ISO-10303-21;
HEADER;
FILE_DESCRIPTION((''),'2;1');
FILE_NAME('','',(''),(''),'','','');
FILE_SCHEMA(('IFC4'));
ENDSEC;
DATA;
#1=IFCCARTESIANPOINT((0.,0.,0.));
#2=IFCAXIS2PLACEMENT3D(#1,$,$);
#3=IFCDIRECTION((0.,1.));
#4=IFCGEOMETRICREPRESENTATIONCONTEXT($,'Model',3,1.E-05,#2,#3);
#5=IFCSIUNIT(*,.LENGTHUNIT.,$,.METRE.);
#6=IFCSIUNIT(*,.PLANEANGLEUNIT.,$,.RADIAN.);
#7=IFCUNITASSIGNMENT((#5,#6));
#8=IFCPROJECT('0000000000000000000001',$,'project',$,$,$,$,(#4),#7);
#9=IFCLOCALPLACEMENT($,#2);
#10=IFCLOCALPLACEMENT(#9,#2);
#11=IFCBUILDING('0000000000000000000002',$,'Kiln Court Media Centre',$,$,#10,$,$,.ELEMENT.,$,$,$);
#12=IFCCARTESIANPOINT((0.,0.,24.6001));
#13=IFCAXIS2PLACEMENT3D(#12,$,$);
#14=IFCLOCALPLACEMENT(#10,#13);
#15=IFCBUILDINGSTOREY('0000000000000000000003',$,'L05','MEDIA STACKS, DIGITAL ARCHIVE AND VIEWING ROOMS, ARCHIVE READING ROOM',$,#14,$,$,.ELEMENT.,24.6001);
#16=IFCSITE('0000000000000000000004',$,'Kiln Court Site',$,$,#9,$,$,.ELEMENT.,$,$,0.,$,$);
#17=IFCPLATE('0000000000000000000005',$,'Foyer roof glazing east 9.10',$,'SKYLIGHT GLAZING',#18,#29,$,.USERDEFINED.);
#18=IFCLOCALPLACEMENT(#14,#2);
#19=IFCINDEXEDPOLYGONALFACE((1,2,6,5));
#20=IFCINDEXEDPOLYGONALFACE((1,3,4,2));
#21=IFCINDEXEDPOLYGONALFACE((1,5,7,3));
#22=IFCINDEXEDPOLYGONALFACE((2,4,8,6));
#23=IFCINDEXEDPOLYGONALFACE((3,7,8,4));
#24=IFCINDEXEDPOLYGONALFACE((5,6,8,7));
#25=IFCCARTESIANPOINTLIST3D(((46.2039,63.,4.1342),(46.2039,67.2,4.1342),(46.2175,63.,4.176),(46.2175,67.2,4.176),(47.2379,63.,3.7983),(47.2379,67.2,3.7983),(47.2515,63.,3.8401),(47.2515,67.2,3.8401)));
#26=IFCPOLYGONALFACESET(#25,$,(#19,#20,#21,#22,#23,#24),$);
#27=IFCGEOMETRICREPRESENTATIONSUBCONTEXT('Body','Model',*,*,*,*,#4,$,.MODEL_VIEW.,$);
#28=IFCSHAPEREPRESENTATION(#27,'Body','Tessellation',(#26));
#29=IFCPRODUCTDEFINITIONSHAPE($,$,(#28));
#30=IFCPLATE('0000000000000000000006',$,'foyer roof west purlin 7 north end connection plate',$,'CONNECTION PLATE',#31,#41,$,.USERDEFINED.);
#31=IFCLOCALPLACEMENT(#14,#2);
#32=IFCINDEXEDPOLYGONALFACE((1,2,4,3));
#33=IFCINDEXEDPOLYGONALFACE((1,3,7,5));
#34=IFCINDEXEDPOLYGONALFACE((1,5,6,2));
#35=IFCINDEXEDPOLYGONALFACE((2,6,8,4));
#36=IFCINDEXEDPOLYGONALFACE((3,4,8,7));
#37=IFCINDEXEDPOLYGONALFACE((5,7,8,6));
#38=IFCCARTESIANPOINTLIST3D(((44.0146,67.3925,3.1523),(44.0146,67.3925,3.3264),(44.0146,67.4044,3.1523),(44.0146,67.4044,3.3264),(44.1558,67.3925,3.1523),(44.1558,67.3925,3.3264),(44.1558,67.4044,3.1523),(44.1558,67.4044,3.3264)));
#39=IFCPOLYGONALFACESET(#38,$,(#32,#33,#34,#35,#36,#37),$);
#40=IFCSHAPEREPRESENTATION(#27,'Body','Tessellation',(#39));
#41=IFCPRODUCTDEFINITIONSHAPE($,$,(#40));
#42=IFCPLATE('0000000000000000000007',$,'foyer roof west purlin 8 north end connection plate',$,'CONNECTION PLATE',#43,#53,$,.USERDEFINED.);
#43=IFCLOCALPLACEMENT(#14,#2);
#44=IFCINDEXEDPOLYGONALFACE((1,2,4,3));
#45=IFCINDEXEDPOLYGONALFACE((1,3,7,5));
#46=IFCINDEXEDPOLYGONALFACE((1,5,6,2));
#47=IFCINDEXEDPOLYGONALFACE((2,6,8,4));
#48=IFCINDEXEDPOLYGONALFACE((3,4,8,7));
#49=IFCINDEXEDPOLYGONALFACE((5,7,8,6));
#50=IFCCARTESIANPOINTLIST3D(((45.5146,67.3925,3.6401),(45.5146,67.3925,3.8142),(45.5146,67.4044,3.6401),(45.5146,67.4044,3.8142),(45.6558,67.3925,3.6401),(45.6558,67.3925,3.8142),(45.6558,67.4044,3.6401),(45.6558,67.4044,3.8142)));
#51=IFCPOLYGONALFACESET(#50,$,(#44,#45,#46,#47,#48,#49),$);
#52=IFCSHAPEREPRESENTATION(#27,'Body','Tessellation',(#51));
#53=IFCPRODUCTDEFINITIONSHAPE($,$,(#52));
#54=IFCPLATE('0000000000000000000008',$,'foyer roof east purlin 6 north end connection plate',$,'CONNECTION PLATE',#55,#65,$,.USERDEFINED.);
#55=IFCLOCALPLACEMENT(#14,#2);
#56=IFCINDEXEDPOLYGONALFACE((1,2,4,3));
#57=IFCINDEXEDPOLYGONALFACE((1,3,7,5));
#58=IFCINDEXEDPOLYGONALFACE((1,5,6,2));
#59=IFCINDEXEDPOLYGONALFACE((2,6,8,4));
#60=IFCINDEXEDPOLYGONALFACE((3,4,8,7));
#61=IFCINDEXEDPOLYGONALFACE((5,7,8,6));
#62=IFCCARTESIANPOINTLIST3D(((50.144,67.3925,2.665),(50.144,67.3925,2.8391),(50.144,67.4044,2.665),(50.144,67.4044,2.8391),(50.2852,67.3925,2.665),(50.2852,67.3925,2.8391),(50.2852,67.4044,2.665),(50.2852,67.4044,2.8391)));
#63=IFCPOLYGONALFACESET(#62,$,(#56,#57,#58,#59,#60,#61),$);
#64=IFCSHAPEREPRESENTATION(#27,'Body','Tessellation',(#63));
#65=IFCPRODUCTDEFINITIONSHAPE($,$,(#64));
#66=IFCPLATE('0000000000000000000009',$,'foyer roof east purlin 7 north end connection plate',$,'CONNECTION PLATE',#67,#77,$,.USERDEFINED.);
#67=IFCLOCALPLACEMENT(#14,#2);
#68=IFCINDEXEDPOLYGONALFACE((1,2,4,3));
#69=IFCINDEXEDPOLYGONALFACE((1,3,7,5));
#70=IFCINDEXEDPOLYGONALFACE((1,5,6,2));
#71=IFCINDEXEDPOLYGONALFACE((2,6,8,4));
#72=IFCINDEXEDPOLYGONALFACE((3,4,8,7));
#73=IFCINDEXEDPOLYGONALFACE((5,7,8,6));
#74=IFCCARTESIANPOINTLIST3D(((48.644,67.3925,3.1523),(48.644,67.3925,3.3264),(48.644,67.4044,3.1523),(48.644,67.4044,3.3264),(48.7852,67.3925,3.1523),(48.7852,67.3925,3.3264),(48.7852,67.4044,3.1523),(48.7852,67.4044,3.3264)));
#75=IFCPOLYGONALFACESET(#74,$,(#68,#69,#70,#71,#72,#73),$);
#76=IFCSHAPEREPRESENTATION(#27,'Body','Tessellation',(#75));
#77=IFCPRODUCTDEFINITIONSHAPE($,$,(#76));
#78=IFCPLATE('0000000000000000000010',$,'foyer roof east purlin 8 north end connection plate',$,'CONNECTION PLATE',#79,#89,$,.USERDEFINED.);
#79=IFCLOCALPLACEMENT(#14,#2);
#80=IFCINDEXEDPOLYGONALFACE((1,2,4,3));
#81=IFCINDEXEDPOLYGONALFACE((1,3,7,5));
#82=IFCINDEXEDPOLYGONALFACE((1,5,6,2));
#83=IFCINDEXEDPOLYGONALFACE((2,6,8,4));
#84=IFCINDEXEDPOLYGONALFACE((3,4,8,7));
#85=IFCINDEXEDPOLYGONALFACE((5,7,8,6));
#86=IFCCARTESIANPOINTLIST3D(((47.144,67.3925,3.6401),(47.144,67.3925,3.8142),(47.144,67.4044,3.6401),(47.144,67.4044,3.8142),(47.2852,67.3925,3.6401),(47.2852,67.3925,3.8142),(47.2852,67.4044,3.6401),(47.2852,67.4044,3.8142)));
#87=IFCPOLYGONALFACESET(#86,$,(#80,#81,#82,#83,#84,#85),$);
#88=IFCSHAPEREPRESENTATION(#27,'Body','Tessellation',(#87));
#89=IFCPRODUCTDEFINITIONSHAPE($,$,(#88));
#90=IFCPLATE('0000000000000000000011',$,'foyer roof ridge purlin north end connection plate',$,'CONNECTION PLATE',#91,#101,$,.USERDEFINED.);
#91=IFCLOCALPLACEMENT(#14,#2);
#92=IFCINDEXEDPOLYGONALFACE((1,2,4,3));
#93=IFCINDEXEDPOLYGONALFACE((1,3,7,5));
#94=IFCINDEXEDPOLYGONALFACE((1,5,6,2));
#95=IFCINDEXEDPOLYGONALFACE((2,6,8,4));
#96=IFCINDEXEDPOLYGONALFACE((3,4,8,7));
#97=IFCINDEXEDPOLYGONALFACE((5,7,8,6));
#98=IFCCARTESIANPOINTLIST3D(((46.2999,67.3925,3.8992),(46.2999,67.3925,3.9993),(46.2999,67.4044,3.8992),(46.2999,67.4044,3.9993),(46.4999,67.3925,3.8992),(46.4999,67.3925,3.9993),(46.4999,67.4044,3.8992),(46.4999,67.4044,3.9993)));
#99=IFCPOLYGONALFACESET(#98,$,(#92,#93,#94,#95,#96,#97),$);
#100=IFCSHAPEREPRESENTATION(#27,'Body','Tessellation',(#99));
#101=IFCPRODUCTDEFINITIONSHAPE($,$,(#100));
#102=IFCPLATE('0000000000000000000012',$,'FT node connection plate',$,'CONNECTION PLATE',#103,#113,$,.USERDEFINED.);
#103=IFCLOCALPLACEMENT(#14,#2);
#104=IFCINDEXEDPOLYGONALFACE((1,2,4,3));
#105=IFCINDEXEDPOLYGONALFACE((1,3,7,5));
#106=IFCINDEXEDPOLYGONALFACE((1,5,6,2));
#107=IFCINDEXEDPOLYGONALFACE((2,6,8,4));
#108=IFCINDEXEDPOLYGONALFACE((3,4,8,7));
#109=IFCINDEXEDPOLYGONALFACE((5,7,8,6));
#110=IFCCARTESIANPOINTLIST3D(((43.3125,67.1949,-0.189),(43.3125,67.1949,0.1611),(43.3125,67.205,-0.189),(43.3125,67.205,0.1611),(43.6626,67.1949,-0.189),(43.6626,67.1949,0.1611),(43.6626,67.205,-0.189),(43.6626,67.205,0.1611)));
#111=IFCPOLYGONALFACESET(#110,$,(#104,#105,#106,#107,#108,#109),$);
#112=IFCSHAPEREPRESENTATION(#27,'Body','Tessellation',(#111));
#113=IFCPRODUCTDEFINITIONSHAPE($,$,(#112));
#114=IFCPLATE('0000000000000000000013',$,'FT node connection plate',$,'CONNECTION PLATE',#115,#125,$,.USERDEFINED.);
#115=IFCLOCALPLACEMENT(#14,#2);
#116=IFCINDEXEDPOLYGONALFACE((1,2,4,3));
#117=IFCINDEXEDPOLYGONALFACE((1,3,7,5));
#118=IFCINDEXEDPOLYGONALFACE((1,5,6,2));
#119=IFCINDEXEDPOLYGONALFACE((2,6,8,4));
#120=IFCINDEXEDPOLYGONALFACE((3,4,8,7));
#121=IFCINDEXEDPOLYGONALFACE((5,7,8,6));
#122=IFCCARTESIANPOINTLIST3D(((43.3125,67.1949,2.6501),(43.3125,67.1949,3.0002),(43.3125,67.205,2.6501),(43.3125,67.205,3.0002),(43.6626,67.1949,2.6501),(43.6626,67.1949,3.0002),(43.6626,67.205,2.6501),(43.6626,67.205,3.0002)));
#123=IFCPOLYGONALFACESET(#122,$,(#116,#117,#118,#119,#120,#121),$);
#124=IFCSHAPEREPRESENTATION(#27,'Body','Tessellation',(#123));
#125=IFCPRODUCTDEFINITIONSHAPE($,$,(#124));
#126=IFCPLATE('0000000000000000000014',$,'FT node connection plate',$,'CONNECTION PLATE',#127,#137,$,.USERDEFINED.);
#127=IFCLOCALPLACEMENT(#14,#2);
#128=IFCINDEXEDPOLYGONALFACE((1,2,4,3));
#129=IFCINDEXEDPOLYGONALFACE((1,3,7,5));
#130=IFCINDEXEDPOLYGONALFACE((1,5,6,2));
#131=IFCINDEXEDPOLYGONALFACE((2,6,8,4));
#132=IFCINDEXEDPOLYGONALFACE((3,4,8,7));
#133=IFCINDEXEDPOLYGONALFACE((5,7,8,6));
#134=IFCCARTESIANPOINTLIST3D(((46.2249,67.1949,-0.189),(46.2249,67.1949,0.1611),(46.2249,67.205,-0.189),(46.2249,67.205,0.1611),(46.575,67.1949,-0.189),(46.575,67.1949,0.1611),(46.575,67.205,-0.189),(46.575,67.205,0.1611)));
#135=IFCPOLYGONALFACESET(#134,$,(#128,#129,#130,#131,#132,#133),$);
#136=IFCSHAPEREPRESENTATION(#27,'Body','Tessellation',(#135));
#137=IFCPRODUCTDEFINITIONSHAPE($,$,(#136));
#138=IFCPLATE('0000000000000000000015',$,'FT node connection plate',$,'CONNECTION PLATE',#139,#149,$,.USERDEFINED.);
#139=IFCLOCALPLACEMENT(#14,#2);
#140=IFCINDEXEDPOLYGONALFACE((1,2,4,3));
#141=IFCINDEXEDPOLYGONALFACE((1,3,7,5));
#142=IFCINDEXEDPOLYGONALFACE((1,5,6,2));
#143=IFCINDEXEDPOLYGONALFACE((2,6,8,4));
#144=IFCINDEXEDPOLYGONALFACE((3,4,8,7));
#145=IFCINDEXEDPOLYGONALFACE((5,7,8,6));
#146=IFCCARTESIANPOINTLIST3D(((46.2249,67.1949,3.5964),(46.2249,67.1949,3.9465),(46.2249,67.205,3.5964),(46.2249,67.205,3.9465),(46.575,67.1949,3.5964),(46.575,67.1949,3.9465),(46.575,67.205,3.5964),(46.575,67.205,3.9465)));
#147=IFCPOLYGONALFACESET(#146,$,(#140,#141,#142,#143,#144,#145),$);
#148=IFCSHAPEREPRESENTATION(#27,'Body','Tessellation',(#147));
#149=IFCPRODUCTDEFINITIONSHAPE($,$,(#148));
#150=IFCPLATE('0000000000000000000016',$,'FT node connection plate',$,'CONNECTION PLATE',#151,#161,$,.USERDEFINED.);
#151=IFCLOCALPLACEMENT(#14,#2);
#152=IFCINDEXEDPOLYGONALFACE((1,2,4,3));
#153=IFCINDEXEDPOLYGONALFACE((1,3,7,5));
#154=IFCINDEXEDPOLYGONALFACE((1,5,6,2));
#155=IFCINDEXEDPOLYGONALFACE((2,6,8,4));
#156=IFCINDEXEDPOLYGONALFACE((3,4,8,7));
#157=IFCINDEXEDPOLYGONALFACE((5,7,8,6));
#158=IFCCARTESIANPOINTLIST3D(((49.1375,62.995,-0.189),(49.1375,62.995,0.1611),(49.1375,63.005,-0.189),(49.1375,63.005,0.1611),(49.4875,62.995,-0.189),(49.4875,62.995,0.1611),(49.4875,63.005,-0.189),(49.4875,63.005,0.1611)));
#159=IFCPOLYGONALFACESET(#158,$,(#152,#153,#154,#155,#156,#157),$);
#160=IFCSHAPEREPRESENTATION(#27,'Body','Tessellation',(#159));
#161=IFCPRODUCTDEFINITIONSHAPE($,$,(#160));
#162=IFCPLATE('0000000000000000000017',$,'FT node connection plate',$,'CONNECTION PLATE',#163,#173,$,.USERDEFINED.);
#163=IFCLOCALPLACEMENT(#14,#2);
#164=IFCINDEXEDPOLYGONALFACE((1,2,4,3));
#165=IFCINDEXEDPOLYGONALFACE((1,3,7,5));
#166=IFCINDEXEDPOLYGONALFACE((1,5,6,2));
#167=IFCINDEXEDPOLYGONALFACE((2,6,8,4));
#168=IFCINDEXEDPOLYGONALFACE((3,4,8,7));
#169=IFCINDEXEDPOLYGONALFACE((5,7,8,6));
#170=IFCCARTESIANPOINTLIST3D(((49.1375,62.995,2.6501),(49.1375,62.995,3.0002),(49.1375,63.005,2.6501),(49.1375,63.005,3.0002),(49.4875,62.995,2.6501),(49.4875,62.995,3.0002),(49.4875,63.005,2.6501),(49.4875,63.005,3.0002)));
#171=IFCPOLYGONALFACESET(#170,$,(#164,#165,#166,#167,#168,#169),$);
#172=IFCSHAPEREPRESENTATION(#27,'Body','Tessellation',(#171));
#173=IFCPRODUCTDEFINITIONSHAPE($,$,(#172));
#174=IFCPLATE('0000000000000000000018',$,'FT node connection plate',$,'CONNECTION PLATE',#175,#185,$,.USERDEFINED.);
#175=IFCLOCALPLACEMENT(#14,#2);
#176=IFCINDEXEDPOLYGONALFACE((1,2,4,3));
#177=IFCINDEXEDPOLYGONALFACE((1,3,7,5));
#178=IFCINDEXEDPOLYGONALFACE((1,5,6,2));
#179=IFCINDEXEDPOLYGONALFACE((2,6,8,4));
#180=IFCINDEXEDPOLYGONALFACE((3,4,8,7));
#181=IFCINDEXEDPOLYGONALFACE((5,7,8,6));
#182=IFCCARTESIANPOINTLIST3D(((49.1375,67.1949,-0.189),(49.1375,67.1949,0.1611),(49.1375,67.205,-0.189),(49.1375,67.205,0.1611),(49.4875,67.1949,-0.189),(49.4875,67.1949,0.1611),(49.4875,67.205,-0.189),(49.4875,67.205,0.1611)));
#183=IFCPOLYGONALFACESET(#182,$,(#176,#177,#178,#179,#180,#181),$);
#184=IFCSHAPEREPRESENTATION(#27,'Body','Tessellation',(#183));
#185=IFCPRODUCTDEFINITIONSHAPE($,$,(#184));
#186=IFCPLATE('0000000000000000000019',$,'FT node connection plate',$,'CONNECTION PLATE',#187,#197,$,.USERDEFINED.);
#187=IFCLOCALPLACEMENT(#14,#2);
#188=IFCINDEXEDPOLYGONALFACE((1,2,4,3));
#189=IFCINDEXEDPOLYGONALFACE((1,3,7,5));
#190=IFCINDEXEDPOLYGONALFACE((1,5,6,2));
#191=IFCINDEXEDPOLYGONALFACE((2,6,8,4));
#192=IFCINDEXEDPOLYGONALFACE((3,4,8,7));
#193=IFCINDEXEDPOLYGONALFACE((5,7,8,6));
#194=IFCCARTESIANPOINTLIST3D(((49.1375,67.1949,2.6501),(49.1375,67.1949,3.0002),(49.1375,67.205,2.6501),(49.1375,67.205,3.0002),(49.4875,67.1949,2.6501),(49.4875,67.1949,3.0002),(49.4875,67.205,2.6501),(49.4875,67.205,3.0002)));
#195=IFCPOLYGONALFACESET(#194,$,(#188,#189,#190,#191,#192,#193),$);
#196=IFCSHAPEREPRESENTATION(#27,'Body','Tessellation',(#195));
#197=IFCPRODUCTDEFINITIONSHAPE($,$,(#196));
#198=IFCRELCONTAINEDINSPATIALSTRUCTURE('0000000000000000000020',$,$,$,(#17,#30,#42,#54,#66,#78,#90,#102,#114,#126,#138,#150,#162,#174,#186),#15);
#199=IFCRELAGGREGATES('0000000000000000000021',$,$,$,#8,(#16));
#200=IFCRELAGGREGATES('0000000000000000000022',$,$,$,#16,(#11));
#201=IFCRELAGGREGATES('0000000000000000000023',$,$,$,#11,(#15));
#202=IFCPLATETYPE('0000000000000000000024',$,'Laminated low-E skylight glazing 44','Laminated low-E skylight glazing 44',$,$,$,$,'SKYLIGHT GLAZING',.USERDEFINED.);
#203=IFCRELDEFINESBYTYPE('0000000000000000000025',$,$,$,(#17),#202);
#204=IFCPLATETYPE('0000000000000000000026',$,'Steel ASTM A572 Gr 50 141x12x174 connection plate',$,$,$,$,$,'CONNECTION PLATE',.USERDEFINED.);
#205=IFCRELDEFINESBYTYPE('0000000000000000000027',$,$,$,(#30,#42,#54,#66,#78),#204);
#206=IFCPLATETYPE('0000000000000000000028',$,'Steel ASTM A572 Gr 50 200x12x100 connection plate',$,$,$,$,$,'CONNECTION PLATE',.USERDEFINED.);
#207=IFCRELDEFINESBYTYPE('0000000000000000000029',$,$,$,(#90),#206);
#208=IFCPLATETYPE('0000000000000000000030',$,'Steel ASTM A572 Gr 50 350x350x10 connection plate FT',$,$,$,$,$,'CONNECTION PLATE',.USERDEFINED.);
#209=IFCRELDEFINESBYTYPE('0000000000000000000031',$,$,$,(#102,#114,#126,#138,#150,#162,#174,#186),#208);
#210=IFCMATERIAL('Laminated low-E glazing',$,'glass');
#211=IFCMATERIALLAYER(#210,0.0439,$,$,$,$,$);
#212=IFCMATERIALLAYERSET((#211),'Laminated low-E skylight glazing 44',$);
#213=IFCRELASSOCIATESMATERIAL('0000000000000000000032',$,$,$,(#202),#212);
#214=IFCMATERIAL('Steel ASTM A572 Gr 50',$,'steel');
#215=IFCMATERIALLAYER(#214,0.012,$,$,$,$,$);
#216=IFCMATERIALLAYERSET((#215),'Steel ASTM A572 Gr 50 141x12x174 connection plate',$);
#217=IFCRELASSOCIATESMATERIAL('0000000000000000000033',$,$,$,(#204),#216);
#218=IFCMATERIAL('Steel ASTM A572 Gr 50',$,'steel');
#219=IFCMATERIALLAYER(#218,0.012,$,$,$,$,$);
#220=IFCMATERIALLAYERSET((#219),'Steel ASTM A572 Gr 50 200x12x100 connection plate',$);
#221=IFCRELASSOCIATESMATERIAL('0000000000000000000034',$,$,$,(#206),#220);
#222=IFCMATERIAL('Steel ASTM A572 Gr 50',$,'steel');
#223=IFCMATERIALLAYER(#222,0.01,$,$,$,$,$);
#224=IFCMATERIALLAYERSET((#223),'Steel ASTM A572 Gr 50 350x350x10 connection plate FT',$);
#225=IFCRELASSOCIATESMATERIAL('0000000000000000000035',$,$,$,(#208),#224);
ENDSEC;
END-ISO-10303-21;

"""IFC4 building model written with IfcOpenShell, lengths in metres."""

from ifc_helpers import new_model, si_unit, direction, frame, origin, origin_2d, place, context, subcontext, project, spatial, polyline, rectangle, outline, extrude, material, layer, layer_set, type_object, element, save


model = new_model("IFC4")

# Units and contexts
model_context = context("Model", 3, precision=1e-05, world=origin(), true_north=direction((0.0, 1.0)))
body_context = subcontext(model_context, "Body", "Model", "MODEL_VIEW")
ifc_project = project(units=[si_unit("LENGTHUNIT", "METRE"), si_unit("PLANEANGLEUNIT", "RADIAN")], contexts=[model_context])

# Site, building, storey
site_placement = place(None, origin())
site = spatial("IfcSite", under=ifc_project, at=site_placement, Name="Kiln Court Site", CompositionType="ELEMENT", RefElevation=0.0)
building_placement = place(site_placement, origin())
building = spatial("IfcBuilding", under=site, at=building_placement, Name="Kiln Court Media Centre", CompositionType="ELEMENT")
storey_placement = place(building_placement, frame((0.0, 0.0, 24.6001)))
storey = spatial("IfcBuildingStorey", under=building, at=storey_placement, Name="L05", Description="MEDIA STACKS, DIGITAL ARCHIVE AND VIEWING ROOMS, ARCHIVE READING ROOM", CompositionType="ELEMENT", Elevation=24.6001)

# Plates
ifc_material_1 = material(Name="Laminated low-E glazing", Category="glass")
ifc_layer_1 = layer(ifc_material_1, 0.0439)
ifc_layer_set_1 = layer_set([ifc_layer_1], Name="Laminated low-E skylight glazing 44")
plate_type_1 = type_object("IfcPlateType", Name="Laminated low-E skylight glazing 44", Description="Laminated low-E skylight glazing 44", ElementType="SKYLIGHT GLAZING", PredefinedType="USERDEFINED", material=ifc_layer_set_1)
plate_1_placement = place(storey_placement, frame((47.2515, 67.2, 3.8401), z_axis=(0.30901, 0.0, 0.951059), x_axis=(-0.951059, 0.0, 0.30901)))
element("IfcPlate", 1, at=plate_1_placement, inside=storey, type_object=plate_type_1, Name="Foyer roof glazing east 9.10", ObjectType="SKYLIGHT GLAZING", PredefinedType="USERDEFINED", context=body_context, shape_type="SweptSolid", body=[
    extrude(outline(polyline([(0.0, 0.0), (1.0871, 0.0), (1.0871, 4.2), (0.0, 4.2), (0.0, 0.0)])), origin(), (0.0, 0.0, -1.0), 0.0439),
])
ifc_material_2 = material(Name="Steel ASTM A572 Gr 50", Category="steel")
ifc_layer_2 = layer(ifc_material_2, 0.012)
ifc_layer_set_2 = layer_set([ifc_layer_2], Name="Steel ASTM A572 Gr 50 141x12x174 connection plate")
plate_type_2 = type_object("IfcPlateType", Name="Steel ASTM A572 Gr 50 141x12x174 connection plate", ElementType="CONNECTION PLATE", PredefinedType="USERDEFINED", material=ifc_layer_set_2)
for number, where, z_axis, x_axis, name in (
    (2, (44.0852, 67.3984, 3.1523), (0.0, 0.0, 1.0), (1.0, 0.0, 0.0), "foyer roof west purlin 7 north end connection plate"),
    (3, (45.5852, 67.3984, 3.6401), (0.0, 0.0, 1.0), (1.0, 0.0, 0.0), "foyer roof west purlin 8 north end connection plate"),
    (4, (50.2146, 67.3984, 2.665), (0.0, 0.0, 1.0), (1.0, 0.0, 0.0), "foyer roof east purlin 6 north end connection plate"),
    (5, (48.7146, 67.3984, 3.1523), (0.0, 0.0, 1.0), (1.0, 0.0, 0.0), "foyer roof east purlin 7 north end connection plate"),
    (6, (47.2146, 67.3984, 3.6401), (0.0, 0.0, 1.0), (1.0, 0.0, 0.0), "foyer roof east purlin 8 north end connection plate"),
):
    element("IfcPlate", number, at=place(storey_placement, frame(where, z_axis=z_axis, x_axis=x_axis)), inside=storey, type_object=plate_type_2, Name=name, ObjectType="CONNECTION PLATE", PredefinedType="USERDEFINED", context=body_context, shape_type="SweptSolid", body=[
        extrude(rectangle(XDim=0.1411, YDim=0.012, at=origin_2d()), origin(), (0.0, 0.0, 1.0), 0.1741),
    ])
ifc_material_3 = material(Name="Steel ASTM A572 Gr 50", Category="steel")
ifc_layer_3 = layer(ifc_material_3, 0.012)
ifc_layer_set_3 = layer_set([ifc_layer_3], Name="Steel ASTM A572 Gr 50 200x12x100 connection plate")
plate_type_3 = type_object("IfcPlateType", Name="Steel ASTM A572 Gr 50 200x12x100 connection plate", ElementType="CONNECTION PLATE", PredefinedType="USERDEFINED", material=ifc_layer_set_3)
plate_2_placement = place(storey_placement, frame((46.3999, 67.3984, 3.8992), z_axis=(0.0, 0.0, 1.0), x_axis=(1.0, 0.0, 0.0)))
element("IfcPlate", 7, at=plate_2_placement, inside=storey, type_object=plate_type_3, Name="foyer roof ridge purlin north end connection plate", ObjectType="CONNECTION PLATE", PredefinedType="USERDEFINED", context=body_context, shape_type="SweptSolid", body=[
    extrude(rectangle(XDim=0.2, YDim=0.012, at=origin_2d()), origin(), (0.0, 0.0, 1.0), 0.1001),
])
ifc_material_4 = material(Name="Steel ASTM A572 Gr 50", Category="steel")
ifc_layer_4 = layer(ifc_material_4, 0.01)
ifc_layer_set_4 = layer_set([ifc_layer_4], Name="Steel ASTM A572 Gr 50 350x350x10 connection plate FT")
plate_type_4 = type_object("IfcPlateType", Name="Steel ASTM A572 Gr 50 350x350x10 connection plate FT", ElementType="CONNECTION PLATE", PredefinedType="USERDEFINED", material=ifc_layer_set_4)
for number, where, z_axis, x_axis, name in (
    (8, (43.4875, 67.2, -0.189), (0.0, 0.0, 1.0), (1.0, 0.0, 0.0), "FT node connection plate"),
    (9, (43.4875, 67.2, 2.6501), (0.0, 0.0, 1.0), (1.0, 0.0, 0.0), "FT node connection plate"),
    (10, (46.3999, 67.2, -0.189), (0.0, 0.0, 1.0), (1.0, 0.0, 0.0), "FT node connection plate"),
    (11, (46.3999, 67.2, 3.5964), (0.0, 0.0, 1.0), (1.0, 0.0, 0.0), "FT node connection plate"),
    (12, (49.3125, 63.0, -0.189), (0.0, 0.0, 1.0), (1.0, 0.0, 0.0), "FT node connection plate"),
    (13, (49.3125, 63.0, 2.6501), (0.0, 0.0, 1.0), (1.0, 0.0, 0.0), "FT node connection plate"),
    (14, (49.3125, 67.2, -0.189), (0.0, 0.0, 1.0), (1.0, 0.0, 0.0), "FT node connection plate"),
    (15, (49.3125, 67.2, 2.6501), (0.0, 0.0, 1.0), (1.0, 0.0, 0.0), "FT node connection plate"),
):
    element("IfcPlate", number, at=place(storey_placement, frame(where, z_axis=z_axis, x_axis=x_axis)), inside=storey, type_object=plate_type_4, Name=name, ObjectType="CONNECTION PLATE", PredefinedType="USERDEFINED", context=body_context, shape_type="SweptSolid", body=[
        extrude(rectangle(XDim=0.3501, YDim=0.01, at=origin_2d()), origin(), (0.0, 0.0, 1.0), 0.3501),
    ])

save(model, "model.ifc")
